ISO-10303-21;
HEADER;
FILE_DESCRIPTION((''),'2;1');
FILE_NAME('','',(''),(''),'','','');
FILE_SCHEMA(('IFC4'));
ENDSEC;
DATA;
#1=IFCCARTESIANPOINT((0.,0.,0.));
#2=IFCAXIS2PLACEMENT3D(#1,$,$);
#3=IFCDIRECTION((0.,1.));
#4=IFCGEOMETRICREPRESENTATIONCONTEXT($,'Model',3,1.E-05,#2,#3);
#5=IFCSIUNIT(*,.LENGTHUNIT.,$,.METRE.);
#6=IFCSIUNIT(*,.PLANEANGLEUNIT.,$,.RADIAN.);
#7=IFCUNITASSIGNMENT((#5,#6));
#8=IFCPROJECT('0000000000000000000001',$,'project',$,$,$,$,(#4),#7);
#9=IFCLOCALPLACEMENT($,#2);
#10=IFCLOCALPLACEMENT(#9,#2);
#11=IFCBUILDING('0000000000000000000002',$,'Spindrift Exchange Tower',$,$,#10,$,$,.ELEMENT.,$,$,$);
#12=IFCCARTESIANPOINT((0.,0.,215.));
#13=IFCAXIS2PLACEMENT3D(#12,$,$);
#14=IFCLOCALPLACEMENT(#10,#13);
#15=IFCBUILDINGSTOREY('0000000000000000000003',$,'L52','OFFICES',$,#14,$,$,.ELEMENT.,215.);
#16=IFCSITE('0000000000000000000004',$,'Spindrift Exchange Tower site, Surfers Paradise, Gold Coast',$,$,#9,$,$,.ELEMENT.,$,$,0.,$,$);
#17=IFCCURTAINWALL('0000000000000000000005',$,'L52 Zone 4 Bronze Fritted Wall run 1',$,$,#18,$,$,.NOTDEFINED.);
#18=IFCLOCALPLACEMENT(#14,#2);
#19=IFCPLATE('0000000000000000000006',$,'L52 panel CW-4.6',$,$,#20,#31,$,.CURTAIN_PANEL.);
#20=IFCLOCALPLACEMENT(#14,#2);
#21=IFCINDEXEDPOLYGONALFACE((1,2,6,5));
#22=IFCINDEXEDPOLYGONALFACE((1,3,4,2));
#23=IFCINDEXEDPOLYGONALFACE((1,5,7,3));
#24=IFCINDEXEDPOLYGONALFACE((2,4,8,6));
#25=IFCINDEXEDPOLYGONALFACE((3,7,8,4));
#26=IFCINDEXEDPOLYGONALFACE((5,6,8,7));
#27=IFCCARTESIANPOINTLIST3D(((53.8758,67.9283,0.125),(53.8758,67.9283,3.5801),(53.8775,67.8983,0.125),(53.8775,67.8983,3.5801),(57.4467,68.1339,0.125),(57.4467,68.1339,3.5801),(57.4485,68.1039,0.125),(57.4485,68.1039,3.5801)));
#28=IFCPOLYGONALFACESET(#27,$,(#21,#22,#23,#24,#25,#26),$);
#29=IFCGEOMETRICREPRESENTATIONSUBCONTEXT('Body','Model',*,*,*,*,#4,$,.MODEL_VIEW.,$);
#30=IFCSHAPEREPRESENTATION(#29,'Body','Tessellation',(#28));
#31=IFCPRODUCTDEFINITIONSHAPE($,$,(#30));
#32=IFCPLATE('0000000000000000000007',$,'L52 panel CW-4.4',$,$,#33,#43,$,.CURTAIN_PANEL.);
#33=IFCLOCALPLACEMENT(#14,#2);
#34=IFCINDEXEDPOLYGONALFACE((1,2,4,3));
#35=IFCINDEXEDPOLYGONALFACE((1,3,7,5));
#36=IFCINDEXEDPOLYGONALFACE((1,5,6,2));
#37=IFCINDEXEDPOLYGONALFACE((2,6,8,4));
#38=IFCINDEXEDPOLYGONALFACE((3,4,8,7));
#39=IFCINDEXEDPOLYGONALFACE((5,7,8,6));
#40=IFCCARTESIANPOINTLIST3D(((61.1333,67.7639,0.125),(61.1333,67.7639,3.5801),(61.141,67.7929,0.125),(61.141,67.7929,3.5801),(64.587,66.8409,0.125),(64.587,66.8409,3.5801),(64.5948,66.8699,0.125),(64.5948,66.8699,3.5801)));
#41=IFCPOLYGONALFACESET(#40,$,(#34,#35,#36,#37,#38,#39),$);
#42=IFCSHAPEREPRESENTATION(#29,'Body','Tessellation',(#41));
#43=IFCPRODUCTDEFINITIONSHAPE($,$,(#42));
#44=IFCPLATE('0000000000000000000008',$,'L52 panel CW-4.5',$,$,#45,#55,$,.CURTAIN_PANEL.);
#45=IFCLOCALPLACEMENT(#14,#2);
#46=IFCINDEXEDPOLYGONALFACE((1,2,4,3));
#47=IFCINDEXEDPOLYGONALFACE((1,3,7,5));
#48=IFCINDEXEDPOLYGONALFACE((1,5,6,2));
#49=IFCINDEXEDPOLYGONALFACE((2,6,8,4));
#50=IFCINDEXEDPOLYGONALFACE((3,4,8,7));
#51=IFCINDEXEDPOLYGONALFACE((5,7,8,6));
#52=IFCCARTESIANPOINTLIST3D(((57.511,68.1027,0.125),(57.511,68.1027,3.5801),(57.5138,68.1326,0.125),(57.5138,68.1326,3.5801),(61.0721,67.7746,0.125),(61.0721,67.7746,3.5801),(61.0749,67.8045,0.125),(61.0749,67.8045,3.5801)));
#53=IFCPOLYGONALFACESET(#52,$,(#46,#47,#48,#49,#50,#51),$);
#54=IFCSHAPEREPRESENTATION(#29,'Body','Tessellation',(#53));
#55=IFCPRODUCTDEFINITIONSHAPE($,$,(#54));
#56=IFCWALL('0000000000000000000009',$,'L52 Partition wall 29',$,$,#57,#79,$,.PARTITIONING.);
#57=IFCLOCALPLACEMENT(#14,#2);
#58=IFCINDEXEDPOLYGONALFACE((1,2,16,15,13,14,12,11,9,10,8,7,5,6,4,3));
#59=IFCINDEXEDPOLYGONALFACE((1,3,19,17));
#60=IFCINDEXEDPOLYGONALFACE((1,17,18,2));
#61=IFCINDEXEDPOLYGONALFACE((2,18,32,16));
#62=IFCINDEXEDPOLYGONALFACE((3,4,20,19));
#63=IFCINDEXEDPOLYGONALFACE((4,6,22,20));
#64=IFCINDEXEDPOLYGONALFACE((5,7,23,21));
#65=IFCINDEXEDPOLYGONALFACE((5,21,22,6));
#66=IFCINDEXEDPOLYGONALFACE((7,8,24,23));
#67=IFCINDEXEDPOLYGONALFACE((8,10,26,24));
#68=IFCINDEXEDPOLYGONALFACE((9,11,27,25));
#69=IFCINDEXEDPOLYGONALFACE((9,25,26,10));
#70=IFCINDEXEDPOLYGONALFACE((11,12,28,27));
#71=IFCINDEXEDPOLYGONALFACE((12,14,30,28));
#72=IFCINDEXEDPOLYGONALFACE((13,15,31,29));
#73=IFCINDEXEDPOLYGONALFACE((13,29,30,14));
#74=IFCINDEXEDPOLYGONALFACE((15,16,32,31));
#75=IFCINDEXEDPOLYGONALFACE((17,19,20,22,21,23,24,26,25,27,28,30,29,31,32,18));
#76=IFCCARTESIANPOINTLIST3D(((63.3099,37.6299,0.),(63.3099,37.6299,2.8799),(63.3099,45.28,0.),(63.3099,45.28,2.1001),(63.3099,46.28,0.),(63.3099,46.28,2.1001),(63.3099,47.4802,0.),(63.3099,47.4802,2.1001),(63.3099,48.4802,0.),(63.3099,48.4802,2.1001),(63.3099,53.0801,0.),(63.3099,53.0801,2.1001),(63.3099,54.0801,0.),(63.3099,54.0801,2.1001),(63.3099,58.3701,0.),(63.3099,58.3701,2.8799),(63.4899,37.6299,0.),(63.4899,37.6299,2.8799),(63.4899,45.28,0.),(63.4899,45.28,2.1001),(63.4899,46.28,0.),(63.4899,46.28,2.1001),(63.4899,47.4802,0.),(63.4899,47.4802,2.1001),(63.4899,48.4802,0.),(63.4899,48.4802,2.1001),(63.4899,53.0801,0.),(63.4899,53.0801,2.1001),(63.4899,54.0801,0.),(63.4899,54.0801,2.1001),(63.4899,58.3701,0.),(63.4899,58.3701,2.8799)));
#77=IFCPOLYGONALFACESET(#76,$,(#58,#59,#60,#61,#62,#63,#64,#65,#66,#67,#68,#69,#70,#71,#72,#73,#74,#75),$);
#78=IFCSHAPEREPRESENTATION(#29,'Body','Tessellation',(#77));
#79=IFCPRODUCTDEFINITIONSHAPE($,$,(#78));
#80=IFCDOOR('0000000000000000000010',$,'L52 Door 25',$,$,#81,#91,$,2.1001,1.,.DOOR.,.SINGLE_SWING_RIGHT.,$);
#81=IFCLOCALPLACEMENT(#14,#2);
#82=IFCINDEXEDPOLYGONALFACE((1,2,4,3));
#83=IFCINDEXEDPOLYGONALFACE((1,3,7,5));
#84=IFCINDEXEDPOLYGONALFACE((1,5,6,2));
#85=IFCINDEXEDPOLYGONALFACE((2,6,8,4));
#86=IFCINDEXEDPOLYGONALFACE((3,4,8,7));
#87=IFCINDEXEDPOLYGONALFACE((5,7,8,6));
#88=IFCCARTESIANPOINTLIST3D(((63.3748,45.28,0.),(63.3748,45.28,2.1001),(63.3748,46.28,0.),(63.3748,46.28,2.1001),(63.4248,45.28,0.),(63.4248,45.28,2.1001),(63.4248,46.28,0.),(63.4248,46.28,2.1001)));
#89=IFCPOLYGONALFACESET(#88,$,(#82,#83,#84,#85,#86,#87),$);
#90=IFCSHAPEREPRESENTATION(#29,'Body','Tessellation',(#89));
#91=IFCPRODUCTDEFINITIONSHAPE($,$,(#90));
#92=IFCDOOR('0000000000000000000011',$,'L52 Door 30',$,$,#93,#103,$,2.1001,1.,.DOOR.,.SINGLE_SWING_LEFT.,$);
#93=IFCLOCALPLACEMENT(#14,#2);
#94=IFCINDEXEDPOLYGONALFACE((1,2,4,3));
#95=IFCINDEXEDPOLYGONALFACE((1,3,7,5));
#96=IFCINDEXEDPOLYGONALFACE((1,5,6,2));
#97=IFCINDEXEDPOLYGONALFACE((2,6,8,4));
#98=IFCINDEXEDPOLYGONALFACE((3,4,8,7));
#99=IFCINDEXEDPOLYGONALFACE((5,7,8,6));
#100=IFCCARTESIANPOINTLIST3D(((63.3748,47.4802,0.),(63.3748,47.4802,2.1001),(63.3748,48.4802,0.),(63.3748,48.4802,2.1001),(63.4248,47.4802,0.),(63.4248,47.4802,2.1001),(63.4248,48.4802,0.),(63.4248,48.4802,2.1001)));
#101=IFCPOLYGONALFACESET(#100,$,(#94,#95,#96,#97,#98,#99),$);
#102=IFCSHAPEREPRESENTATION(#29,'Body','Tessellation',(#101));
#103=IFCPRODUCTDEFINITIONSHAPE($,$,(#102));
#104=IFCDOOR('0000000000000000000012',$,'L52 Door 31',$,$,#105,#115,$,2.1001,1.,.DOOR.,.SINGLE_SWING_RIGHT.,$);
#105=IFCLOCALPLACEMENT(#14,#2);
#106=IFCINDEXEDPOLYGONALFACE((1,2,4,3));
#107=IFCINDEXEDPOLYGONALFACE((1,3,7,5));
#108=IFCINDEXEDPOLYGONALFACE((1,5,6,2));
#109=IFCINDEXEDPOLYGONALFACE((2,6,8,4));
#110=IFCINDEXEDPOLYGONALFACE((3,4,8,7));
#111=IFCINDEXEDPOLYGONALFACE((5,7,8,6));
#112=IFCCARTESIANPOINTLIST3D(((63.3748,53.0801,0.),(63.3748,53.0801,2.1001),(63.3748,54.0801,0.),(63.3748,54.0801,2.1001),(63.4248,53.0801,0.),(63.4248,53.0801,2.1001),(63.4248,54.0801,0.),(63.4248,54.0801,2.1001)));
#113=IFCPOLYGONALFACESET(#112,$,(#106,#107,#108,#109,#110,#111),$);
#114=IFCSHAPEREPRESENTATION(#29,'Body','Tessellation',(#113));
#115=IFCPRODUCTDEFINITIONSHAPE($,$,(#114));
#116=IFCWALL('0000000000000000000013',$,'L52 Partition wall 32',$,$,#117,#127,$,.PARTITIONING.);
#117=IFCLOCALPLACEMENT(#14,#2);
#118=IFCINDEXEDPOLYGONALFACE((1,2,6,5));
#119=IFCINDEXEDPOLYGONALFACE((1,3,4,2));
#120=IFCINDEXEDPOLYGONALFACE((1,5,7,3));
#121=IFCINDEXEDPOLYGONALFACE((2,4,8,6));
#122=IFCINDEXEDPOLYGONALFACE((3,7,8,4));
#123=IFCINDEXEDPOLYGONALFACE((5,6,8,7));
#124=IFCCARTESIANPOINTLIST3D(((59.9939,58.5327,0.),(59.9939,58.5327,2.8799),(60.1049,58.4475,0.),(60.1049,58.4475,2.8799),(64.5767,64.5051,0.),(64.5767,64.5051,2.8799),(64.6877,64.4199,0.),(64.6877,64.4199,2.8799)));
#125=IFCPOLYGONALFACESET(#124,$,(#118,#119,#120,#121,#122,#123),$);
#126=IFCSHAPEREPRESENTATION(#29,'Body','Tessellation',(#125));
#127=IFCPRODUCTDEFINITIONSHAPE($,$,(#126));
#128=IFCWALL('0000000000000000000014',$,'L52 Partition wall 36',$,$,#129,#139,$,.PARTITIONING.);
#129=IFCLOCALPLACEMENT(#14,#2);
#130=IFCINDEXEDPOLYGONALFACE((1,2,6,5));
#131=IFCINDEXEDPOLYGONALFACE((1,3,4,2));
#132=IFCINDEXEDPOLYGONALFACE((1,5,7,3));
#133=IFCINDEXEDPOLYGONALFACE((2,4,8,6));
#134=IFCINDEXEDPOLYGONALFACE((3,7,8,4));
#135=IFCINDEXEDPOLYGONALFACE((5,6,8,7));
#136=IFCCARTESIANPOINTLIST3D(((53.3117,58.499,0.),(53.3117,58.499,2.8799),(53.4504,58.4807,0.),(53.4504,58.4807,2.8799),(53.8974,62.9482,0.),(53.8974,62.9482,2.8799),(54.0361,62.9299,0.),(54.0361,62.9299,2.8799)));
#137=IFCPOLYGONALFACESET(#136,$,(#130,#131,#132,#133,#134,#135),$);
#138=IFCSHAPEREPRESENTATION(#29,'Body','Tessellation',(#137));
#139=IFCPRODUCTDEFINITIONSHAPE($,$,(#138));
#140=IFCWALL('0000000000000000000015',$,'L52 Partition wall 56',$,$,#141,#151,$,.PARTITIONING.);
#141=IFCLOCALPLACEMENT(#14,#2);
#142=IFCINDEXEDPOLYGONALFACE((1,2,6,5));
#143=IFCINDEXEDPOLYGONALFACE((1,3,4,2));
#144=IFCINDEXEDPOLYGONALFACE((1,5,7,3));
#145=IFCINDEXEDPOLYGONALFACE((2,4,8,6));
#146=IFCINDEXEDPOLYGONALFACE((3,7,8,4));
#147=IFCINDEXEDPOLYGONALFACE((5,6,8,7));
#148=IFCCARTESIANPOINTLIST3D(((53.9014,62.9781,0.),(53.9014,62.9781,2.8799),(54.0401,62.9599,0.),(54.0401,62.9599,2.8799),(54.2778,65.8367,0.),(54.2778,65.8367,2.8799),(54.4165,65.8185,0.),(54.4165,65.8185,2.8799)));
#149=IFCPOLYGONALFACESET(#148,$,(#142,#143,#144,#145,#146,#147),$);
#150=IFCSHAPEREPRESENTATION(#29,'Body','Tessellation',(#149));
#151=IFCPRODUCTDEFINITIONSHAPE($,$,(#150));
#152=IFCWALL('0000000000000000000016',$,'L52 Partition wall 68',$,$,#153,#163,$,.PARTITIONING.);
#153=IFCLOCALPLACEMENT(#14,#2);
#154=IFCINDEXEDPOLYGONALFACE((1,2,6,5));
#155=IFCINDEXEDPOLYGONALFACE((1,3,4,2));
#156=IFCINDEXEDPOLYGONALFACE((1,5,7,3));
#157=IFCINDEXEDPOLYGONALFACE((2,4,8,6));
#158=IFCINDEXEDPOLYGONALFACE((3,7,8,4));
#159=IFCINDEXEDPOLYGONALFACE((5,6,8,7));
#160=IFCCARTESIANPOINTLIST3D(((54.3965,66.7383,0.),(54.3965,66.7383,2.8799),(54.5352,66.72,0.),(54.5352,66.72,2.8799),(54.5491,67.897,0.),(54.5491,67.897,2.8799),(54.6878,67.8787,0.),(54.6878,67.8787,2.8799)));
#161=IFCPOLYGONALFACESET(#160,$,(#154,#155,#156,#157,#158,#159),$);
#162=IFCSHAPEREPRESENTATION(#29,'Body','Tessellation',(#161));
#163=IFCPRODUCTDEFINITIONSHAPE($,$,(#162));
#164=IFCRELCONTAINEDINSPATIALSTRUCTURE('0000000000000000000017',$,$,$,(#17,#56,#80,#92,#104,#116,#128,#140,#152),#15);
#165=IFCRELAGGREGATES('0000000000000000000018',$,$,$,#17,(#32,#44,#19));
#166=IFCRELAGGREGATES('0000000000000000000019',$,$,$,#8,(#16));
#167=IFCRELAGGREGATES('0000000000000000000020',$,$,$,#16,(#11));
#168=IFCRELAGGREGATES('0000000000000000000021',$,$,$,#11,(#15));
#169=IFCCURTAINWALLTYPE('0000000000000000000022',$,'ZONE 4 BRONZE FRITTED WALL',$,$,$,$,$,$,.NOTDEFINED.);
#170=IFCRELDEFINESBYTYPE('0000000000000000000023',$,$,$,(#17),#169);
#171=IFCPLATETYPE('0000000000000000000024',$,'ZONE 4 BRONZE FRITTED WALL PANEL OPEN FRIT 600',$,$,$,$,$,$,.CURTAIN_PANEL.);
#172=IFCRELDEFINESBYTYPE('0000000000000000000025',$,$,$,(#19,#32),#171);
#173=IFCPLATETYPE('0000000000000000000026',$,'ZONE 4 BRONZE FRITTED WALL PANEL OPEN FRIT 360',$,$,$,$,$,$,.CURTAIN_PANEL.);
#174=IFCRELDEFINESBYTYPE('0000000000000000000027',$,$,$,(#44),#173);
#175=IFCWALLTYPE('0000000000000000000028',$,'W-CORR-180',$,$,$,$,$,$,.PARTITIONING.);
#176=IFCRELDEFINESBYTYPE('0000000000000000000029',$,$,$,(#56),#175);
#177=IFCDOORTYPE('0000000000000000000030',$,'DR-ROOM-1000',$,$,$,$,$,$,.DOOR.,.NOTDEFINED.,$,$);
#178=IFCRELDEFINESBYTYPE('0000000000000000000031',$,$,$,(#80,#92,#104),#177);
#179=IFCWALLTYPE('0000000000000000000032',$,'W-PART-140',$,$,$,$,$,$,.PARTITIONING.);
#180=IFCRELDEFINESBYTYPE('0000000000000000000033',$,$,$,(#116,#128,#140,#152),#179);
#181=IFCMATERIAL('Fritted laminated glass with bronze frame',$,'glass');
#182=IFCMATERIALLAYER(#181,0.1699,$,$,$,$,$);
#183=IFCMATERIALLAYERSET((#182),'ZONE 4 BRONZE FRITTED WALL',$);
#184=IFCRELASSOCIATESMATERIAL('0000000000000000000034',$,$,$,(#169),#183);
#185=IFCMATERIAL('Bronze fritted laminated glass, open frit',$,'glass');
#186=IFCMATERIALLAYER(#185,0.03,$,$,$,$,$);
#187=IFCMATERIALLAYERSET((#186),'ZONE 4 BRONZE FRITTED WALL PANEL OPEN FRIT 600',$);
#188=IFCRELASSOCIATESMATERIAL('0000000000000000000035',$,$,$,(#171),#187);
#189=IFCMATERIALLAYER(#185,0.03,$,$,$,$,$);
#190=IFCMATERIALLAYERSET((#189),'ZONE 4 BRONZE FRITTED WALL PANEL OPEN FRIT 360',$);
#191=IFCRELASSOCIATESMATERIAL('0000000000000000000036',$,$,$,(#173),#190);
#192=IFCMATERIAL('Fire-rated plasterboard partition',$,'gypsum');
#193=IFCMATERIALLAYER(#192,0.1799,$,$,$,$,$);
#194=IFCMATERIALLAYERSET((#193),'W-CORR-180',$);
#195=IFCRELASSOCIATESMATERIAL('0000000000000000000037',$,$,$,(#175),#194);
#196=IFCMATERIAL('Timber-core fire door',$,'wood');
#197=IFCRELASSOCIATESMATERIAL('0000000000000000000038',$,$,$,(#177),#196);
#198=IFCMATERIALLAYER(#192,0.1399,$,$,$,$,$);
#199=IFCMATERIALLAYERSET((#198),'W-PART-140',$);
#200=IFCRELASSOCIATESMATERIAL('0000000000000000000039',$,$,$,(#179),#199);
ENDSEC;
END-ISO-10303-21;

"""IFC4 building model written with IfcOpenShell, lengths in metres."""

from ifc_helpers import new_model, si_unit, direction, frame, frame_2d, origin, origin_2d, place, context, subcontext, project, spatial, rectangle, extrude, source, transform, mapped, material, layer, layer_set, type_object, element, fill, aggregate, save


model = new_model("IFC4")

# Units and contexts
model_context = context("Model", 3, precision=1e-05, world=origin(), true_north=direction((0.0, 1.0)))
body_context = subcontext(model_context, "Body", "Model", "MODEL_VIEW")
ifc_project = project(units=[si_unit("LENGTHUNIT", "METRE"), si_unit("PLANEANGLEUNIT", "RADIAN")], contexts=[model_context])

# Site, building, storey
site_placement = place(None, origin())
site = spatial("IfcSite", under=ifc_project, at=site_placement, Name="Spindrift Exchange Tower site, Surfers Paradise, Gold Coast", CompositionType="ELEMENT", RefElevation=0.0)
building_placement = place(site_placement, origin())
building = spatial("IfcBuilding", under=site, at=building_placement, Name="Spindrift Exchange Tower", CompositionType="ELEMENT")
storey_placement = place(building_placement, frame((0.0, 0.0, 215.0)))
storey = spatial("IfcBuildingStorey", under=building, at=storey_placement, Name="L52", Description="OFFICES", CompositionType="ELEMENT", Elevation=215.0)

# Shared definitions
ifc_material_1 = material(Name="Fritted laminated glass with bronze frame", Category="glass")
ifc_layer_1 = layer(ifc_material_1, 0.1699)
ifc_layer_set_1 = layer_set([ifc_layer_1], Name="ZONE 4 BRONZE FRITTED WALL")
curtain_wall_type = type_object("IfcCurtainWallType", Name="ZONE 4 BRONZE FRITTED WALL", PredefinedType="NOTDEFINED", material=ifc_layer_set_1)

# Curtain wall
curtain_wall_1_placement = place(storey_placement, origin())
curtain_wall_1 = element("IfcCurtainWall", 1, at=curtain_wall_1_placement, inside=storey, type_object=curtain_wall_type, Name="L52 Zone 4 Bronze Fritted Wall run 1", PredefinedType="NOTDEFINED")

# Plates
ifc_material_2 = material(Name="Bronze fritted laminated glass, open frit", Category="glass")
ifc_layer_2 = layer(ifc_material_2, 0.03)
ifc_layer_set_2 = layer_set([ifc_layer_2], Name="ZONE 4 BRONZE FRITTED WALL PANEL OPEN FRIT 600")
plate_type_1 = type_object("IfcPlateType", Name="ZONE 4 BRONZE FRITTED WALL PANEL OPEN FRIT 600", PredefinedType="CURTAIN_PANEL", material=ifc_layer_set_2)
shared_shape_1 = source(origin(), body_context, "Body", "SweptSolid", [
    extrude(rectangle(XDim=3.5769, YDim=0.03, at=origin_2d()), origin(), (0.0, 0.0, 1.0), 3.4551),
])
plate_1_placement = place(storey_placement, frame((55.6621, 68.0161, 0.125), z_axis=(0.0, 0.0, 1.0), x_axis=(-0.998347, -0.05747, 0.0)))
plate_1 = element("IfcPlate", 2, at=plate_1_placement, type_object=plate_type_1, Name="L52 panel CW-4.6", PredefinedType="CURTAIN_PANEL", context=body_context, shape_type="MappedRepresentation", body=[
    mapped(shared_shape_1, transform((0.0, 0.0, 0.0), scale=1.0)),
])
shared_shape_2 = source(origin(), body_context, "Body", "SweptSolid", [
    extrude(rectangle(XDim=3.575, YDim=0.03, at=origin_2d()), origin(), (0.0, 0.0, 1.0), 3.4551),
])
plate_2_placement = place(storey_placement, frame((62.864, 67.3169, 0.125), z_axis=(0.0, 0.0, 1.0), x_axis=(-0.9661, 0.258167, 0.0)))
plate_2 = element("IfcPlate", 3, at=plate_2_placement, type_object=plate_type_1, Name="L52 panel CW-4.4", PredefinedType="CURTAIN_PANEL", context=body_context, shape_type="MappedRepresentation", body=[
    mapped(shared_shape_2, transform((0.0, 0.0, 0.0), scale=1.0)),
])
ifc_layer_3 = layer(ifc_material_2, 0.03)
ifc_layer_set_3 = layer_set([ifc_layer_3], Name="ZONE 4 BRONZE FRITTED WALL PANEL OPEN FRIT 360")
plate_type_2 = type_object("IfcPlateType", Name="ZONE 4 BRONZE FRITTED WALL PANEL OPEN FRIT 360", PredefinedType="CURTAIN_PANEL", material=ifc_layer_set_3)
shared_shape_3 = source(origin(), body_context, "Body", "SweptSolid", [
    extrude(rectangle(XDim=3.5762, YDim=0.03, at=origin_2d()), origin(), (0.0, 0.0, 1.0), 3.4551),
])
plate_3_placement = place(storey_placement, frame((59.293, 67.9536, 0.125), z_axis=(0.0, 0.0, 1.0), x_axis=(-0.995781, 0.091759, 0.0)))
plate_3 = element("IfcPlate", 4, at=plate_3_placement, type_object=plate_type_2, Name="L52 panel CW-4.5", PredefinedType="CURTAIN_PANEL", context=body_context, shape_type="MappedRepresentation", body=[
    mapped(shared_shape_3, transform((0.0, 0.0, 0.0), scale=1.0)),
])
aggregate(curtain_wall_1, [plate_2, plate_3, plate_1])

# Wall, openings, doors
ifc_material_3 = material(Name="Fire-rated plasterboard partition", Category="gypsum")
ifc_layer_4 = layer(ifc_material_3, 0.1799)
ifc_layer_set_4 = layer_set([ifc_layer_4], Name="W-CORR-180")
wall_type_1 = type_object("IfcWallType", Name="W-CORR-180", PredefinedType="PARTITIONING", material=ifc_layer_set_4)
wall_1_placement = place(storey_placement, frame((63.3999, 58.3701, 0.0), z_axis=(0.0, 0.0, 1.0), x_axis=(0.0, -1.0, 0.0)))
wall_1 = element("IfcWall", 5, at=wall_1_placement, inside=storey, type_object=wall_type_1, Name="L52 Partition wall 29", PredefinedType="PARTITIONING", context=body_context, shape_type="SweptSolid", body=[
    extrude(rectangle(XDim=20.7402, YDim=0.1799, at=frame_2d((10.3701, 0.0))), origin(), (0.0, 0.0, 1.0), 2.8799),
])
opening_1_placement = place(wall_1_placement, frame((12.0901, 0.0, 0.0)))
opening_1 = element("IfcOpeningElement", 6, at=opening_1_placement, cuts=wall_1, PredefinedType="OPENING", context=body_context, shape_type="SweptSolid", body=[
    extrude(rectangle(XDim=1.0, YDim=2.1001, at=frame_2d((0.5, 1.05))), frame((0.0, 0.0999, 0.0), z_axis=(0.0, -1.0, 0.0), x_axis=(1.0, 0.0, 0.0)), (0.0, 0.0, 1.0), 0.2),
])
opening_2_placement = place(wall_1_placement, frame((9.8899, 0.0, 0.0)))
opening_2 = element("IfcOpeningElement", 7, at=opening_2_placement, cuts=wall_1, PredefinedType="OPENING", context=body_context, shape_type="SweptSolid", body=[
    extrude(rectangle(XDim=1.0, YDim=2.1001, at=frame_2d((0.5, 1.05))), frame((0.0, 0.0999, 0.0), z_axis=(0.0, -1.0, 0.0), x_axis=(1.0, 0.0, 0.0)), (0.0, 0.0, 1.0), 0.2),
])
opening_3_placement = place(wall_1_placement, frame((4.29, 0.0, 0.0)))
opening_3 = element("IfcOpeningElement", 8, at=opening_3_placement, cuts=wall_1, PredefinedType="OPENING", context=body_context, shape_type="SweptSolid", body=[
    extrude(rectangle(XDim=1.0, YDim=2.1001, at=frame_2d((0.5, 1.05))), frame((0.0, 0.0999, 0.0), z_axis=(0.0, -1.0, 0.0), x_axis=(1.0, 0.0, 0.0)), (0.0, 0.0, 1.0), 0.2),
])
ifc_material_4 = material(Name="Timber-core fire door", Category="wood")
door_type = type_object("IfcDoorType", Name="DR-ROOM-1000", OperationType="NOTDEFINED", PredefinedType="DOOR", material=ifc_material_4)
shared_shape_4 = source(origin(), body_context, "Body", "SweptSolid", [
    extrude(rectangle(XDim=1.0, YDim=2.1001, at=frame_2d((0.5, 1.05))), frame((0.0, 0.0249, 0.0), z_axis=(0.0, -1.0, 0.0), x_axis=(1.0, 0.0, 0.0)), (0.0, 0.0, 1.0), 0.05),
])
door_1_placement = place(opening_1_placement, origin())
door_1 = element("IfcDoor", 9, at=door_1_placement, inside=storey, type_object=door_type, Name="L52 Door 25", OperationType="SINGLE_SWING_RIGHT", OverallHeight=2.1001, OverallWidth=1.0, PredefinedType="DOOR", context=body_context, shape_type="MappedRepresentation", body=[
    mapped(shared_shape_4, transform((0.0, 0.0, 0.0), scale=1.0)),
])
fill(opening_1, door_1)
door_2_placement = place(opening_2_placement, origin())
door_2 = element("IfcDoor", 10, at=door_2_placement, inside=storey, type_object=door_type, Name="L52 Door 30", OperationType="SINGLE_SWING_LEFT", OverallHeight=2.1001, OverallWidth=1.0, PredefinedType="DOOR", context=body_context, shape_type="MappedRepresentation", body=[
    mapped(shared_shape_4, transform((0.0, 0.0, 0.0), scale=1.0)),
])
fill(opening_2, door_2)
door_3_placement = place(opening_3_placement, origin())
door_3 = element("IfcDoor", 11, at=door_3_placement, inside=storey, type_object=door_type, Name="L52 Door 31", OperationType="SINGLE_SWING_RIGHT", OverallHeight=2.1001, OverallWidth=1.0, PredefinedType="DOOR", context=body_context, shape_type="MappedRepresentation", body=[
    mapped(shared_shape_4, transform((0.0, 0.0, 0.0), scale=1.0)),
])
fill(opening_3, door_3)

# Walls
ifc_layer_5 = layer(ifc_material_3, 0.1399)
ifc_layer_set_5 = layer_set([ifc_layer_5], Name="W-PART-140")
wall_type_2 = type_object("IfcWallType", Name="W-PART-140", PredefinedType="PARTITIONING", material=ifc_layer_set_5)
wall_2_placement = place(storey_placement, frame((60.0493, 58.49, 0.0), z_axis=(0.0, 0.0, 1.0), x_axis=(0.608759, 0.793355, 0.0)))
element("IfcWall", 12, at=wall_2_placement, inside=storey, type_object=wall_type_2, Name="L52 Partition wall 32", PredefinedType="PARTITIONING", context=body_context, shape_type="SweptSolid", body=[
    extrude(rectangle(XDim=7.5281, YDim=0.1399, at=frame_2d((3.7642, 0.0))), origin(), (0.0, 0.0, 1.0), 2.8799),
])
wall_3_placement = place(storey_placement, frame((53.3811, 58.49, 0.0), z_axis=(0.0, 0.0, 1.0), x_axis=(0.130514, 0.991447, 0.0)))
element("IfcWall", 13, at=wall_3_placement, inside=storey, type_object=wall_type_2, Name="L52 Partition wall 36", PredefinedType="PARTITIONING", context=body_context, shape_type="SweptSolid", body=[
    extrude(rectangle(XDim=4.4875, YDim=0.1399, at=frame_2d((2.2437, 0.0))), origin(), (0.0, 0.0, 1.0), 2.8799),
])
wall_4_placement = place(storey_placement, frame((53.9707, 62.969, 0.0), z_axis=(0.0, 0.0, 1.0), x_axis=(0.130566, 0.99144, 0.0)))
element("IfcWall", 14, at=wall_4_placement, inside=storey, type_object=wall_type_2, Name="L52 Partition wall 56", PredefinedType="PARTITIONING", context=body_context, shape_type="SweptSolid", body=[
    extrude(rectangle(XDim=2.8833, YDim=0.1399, at=frame_2d((1.4417, 0.0))), origin(), (0.0, 0.0, 1.0), 2.8799),
])
wall_5_placement = place(storey_placement, frame((54.4658, 66.729, 0.0), z_axis=(0.0, 0.0, 1.0), x_axis=(0.130563, 0.99144, 0.0)))
element("IfcWall", 15, at=wall_5_placement, inside=storey, type_object=wall_type_2, Name="L52 Partition wall 68", PredefinedType="PARTITIONING", context=body_context, shape_type="SweptSolid", body=[
    extrude(rectangle(XDim=1.1687, YDim=0.1399, at=frame_2d((0.5845, 0.0))), origin(), (0.0, 0.0, 1.0), 2.8799),
])

save(model, "model.ifc")
